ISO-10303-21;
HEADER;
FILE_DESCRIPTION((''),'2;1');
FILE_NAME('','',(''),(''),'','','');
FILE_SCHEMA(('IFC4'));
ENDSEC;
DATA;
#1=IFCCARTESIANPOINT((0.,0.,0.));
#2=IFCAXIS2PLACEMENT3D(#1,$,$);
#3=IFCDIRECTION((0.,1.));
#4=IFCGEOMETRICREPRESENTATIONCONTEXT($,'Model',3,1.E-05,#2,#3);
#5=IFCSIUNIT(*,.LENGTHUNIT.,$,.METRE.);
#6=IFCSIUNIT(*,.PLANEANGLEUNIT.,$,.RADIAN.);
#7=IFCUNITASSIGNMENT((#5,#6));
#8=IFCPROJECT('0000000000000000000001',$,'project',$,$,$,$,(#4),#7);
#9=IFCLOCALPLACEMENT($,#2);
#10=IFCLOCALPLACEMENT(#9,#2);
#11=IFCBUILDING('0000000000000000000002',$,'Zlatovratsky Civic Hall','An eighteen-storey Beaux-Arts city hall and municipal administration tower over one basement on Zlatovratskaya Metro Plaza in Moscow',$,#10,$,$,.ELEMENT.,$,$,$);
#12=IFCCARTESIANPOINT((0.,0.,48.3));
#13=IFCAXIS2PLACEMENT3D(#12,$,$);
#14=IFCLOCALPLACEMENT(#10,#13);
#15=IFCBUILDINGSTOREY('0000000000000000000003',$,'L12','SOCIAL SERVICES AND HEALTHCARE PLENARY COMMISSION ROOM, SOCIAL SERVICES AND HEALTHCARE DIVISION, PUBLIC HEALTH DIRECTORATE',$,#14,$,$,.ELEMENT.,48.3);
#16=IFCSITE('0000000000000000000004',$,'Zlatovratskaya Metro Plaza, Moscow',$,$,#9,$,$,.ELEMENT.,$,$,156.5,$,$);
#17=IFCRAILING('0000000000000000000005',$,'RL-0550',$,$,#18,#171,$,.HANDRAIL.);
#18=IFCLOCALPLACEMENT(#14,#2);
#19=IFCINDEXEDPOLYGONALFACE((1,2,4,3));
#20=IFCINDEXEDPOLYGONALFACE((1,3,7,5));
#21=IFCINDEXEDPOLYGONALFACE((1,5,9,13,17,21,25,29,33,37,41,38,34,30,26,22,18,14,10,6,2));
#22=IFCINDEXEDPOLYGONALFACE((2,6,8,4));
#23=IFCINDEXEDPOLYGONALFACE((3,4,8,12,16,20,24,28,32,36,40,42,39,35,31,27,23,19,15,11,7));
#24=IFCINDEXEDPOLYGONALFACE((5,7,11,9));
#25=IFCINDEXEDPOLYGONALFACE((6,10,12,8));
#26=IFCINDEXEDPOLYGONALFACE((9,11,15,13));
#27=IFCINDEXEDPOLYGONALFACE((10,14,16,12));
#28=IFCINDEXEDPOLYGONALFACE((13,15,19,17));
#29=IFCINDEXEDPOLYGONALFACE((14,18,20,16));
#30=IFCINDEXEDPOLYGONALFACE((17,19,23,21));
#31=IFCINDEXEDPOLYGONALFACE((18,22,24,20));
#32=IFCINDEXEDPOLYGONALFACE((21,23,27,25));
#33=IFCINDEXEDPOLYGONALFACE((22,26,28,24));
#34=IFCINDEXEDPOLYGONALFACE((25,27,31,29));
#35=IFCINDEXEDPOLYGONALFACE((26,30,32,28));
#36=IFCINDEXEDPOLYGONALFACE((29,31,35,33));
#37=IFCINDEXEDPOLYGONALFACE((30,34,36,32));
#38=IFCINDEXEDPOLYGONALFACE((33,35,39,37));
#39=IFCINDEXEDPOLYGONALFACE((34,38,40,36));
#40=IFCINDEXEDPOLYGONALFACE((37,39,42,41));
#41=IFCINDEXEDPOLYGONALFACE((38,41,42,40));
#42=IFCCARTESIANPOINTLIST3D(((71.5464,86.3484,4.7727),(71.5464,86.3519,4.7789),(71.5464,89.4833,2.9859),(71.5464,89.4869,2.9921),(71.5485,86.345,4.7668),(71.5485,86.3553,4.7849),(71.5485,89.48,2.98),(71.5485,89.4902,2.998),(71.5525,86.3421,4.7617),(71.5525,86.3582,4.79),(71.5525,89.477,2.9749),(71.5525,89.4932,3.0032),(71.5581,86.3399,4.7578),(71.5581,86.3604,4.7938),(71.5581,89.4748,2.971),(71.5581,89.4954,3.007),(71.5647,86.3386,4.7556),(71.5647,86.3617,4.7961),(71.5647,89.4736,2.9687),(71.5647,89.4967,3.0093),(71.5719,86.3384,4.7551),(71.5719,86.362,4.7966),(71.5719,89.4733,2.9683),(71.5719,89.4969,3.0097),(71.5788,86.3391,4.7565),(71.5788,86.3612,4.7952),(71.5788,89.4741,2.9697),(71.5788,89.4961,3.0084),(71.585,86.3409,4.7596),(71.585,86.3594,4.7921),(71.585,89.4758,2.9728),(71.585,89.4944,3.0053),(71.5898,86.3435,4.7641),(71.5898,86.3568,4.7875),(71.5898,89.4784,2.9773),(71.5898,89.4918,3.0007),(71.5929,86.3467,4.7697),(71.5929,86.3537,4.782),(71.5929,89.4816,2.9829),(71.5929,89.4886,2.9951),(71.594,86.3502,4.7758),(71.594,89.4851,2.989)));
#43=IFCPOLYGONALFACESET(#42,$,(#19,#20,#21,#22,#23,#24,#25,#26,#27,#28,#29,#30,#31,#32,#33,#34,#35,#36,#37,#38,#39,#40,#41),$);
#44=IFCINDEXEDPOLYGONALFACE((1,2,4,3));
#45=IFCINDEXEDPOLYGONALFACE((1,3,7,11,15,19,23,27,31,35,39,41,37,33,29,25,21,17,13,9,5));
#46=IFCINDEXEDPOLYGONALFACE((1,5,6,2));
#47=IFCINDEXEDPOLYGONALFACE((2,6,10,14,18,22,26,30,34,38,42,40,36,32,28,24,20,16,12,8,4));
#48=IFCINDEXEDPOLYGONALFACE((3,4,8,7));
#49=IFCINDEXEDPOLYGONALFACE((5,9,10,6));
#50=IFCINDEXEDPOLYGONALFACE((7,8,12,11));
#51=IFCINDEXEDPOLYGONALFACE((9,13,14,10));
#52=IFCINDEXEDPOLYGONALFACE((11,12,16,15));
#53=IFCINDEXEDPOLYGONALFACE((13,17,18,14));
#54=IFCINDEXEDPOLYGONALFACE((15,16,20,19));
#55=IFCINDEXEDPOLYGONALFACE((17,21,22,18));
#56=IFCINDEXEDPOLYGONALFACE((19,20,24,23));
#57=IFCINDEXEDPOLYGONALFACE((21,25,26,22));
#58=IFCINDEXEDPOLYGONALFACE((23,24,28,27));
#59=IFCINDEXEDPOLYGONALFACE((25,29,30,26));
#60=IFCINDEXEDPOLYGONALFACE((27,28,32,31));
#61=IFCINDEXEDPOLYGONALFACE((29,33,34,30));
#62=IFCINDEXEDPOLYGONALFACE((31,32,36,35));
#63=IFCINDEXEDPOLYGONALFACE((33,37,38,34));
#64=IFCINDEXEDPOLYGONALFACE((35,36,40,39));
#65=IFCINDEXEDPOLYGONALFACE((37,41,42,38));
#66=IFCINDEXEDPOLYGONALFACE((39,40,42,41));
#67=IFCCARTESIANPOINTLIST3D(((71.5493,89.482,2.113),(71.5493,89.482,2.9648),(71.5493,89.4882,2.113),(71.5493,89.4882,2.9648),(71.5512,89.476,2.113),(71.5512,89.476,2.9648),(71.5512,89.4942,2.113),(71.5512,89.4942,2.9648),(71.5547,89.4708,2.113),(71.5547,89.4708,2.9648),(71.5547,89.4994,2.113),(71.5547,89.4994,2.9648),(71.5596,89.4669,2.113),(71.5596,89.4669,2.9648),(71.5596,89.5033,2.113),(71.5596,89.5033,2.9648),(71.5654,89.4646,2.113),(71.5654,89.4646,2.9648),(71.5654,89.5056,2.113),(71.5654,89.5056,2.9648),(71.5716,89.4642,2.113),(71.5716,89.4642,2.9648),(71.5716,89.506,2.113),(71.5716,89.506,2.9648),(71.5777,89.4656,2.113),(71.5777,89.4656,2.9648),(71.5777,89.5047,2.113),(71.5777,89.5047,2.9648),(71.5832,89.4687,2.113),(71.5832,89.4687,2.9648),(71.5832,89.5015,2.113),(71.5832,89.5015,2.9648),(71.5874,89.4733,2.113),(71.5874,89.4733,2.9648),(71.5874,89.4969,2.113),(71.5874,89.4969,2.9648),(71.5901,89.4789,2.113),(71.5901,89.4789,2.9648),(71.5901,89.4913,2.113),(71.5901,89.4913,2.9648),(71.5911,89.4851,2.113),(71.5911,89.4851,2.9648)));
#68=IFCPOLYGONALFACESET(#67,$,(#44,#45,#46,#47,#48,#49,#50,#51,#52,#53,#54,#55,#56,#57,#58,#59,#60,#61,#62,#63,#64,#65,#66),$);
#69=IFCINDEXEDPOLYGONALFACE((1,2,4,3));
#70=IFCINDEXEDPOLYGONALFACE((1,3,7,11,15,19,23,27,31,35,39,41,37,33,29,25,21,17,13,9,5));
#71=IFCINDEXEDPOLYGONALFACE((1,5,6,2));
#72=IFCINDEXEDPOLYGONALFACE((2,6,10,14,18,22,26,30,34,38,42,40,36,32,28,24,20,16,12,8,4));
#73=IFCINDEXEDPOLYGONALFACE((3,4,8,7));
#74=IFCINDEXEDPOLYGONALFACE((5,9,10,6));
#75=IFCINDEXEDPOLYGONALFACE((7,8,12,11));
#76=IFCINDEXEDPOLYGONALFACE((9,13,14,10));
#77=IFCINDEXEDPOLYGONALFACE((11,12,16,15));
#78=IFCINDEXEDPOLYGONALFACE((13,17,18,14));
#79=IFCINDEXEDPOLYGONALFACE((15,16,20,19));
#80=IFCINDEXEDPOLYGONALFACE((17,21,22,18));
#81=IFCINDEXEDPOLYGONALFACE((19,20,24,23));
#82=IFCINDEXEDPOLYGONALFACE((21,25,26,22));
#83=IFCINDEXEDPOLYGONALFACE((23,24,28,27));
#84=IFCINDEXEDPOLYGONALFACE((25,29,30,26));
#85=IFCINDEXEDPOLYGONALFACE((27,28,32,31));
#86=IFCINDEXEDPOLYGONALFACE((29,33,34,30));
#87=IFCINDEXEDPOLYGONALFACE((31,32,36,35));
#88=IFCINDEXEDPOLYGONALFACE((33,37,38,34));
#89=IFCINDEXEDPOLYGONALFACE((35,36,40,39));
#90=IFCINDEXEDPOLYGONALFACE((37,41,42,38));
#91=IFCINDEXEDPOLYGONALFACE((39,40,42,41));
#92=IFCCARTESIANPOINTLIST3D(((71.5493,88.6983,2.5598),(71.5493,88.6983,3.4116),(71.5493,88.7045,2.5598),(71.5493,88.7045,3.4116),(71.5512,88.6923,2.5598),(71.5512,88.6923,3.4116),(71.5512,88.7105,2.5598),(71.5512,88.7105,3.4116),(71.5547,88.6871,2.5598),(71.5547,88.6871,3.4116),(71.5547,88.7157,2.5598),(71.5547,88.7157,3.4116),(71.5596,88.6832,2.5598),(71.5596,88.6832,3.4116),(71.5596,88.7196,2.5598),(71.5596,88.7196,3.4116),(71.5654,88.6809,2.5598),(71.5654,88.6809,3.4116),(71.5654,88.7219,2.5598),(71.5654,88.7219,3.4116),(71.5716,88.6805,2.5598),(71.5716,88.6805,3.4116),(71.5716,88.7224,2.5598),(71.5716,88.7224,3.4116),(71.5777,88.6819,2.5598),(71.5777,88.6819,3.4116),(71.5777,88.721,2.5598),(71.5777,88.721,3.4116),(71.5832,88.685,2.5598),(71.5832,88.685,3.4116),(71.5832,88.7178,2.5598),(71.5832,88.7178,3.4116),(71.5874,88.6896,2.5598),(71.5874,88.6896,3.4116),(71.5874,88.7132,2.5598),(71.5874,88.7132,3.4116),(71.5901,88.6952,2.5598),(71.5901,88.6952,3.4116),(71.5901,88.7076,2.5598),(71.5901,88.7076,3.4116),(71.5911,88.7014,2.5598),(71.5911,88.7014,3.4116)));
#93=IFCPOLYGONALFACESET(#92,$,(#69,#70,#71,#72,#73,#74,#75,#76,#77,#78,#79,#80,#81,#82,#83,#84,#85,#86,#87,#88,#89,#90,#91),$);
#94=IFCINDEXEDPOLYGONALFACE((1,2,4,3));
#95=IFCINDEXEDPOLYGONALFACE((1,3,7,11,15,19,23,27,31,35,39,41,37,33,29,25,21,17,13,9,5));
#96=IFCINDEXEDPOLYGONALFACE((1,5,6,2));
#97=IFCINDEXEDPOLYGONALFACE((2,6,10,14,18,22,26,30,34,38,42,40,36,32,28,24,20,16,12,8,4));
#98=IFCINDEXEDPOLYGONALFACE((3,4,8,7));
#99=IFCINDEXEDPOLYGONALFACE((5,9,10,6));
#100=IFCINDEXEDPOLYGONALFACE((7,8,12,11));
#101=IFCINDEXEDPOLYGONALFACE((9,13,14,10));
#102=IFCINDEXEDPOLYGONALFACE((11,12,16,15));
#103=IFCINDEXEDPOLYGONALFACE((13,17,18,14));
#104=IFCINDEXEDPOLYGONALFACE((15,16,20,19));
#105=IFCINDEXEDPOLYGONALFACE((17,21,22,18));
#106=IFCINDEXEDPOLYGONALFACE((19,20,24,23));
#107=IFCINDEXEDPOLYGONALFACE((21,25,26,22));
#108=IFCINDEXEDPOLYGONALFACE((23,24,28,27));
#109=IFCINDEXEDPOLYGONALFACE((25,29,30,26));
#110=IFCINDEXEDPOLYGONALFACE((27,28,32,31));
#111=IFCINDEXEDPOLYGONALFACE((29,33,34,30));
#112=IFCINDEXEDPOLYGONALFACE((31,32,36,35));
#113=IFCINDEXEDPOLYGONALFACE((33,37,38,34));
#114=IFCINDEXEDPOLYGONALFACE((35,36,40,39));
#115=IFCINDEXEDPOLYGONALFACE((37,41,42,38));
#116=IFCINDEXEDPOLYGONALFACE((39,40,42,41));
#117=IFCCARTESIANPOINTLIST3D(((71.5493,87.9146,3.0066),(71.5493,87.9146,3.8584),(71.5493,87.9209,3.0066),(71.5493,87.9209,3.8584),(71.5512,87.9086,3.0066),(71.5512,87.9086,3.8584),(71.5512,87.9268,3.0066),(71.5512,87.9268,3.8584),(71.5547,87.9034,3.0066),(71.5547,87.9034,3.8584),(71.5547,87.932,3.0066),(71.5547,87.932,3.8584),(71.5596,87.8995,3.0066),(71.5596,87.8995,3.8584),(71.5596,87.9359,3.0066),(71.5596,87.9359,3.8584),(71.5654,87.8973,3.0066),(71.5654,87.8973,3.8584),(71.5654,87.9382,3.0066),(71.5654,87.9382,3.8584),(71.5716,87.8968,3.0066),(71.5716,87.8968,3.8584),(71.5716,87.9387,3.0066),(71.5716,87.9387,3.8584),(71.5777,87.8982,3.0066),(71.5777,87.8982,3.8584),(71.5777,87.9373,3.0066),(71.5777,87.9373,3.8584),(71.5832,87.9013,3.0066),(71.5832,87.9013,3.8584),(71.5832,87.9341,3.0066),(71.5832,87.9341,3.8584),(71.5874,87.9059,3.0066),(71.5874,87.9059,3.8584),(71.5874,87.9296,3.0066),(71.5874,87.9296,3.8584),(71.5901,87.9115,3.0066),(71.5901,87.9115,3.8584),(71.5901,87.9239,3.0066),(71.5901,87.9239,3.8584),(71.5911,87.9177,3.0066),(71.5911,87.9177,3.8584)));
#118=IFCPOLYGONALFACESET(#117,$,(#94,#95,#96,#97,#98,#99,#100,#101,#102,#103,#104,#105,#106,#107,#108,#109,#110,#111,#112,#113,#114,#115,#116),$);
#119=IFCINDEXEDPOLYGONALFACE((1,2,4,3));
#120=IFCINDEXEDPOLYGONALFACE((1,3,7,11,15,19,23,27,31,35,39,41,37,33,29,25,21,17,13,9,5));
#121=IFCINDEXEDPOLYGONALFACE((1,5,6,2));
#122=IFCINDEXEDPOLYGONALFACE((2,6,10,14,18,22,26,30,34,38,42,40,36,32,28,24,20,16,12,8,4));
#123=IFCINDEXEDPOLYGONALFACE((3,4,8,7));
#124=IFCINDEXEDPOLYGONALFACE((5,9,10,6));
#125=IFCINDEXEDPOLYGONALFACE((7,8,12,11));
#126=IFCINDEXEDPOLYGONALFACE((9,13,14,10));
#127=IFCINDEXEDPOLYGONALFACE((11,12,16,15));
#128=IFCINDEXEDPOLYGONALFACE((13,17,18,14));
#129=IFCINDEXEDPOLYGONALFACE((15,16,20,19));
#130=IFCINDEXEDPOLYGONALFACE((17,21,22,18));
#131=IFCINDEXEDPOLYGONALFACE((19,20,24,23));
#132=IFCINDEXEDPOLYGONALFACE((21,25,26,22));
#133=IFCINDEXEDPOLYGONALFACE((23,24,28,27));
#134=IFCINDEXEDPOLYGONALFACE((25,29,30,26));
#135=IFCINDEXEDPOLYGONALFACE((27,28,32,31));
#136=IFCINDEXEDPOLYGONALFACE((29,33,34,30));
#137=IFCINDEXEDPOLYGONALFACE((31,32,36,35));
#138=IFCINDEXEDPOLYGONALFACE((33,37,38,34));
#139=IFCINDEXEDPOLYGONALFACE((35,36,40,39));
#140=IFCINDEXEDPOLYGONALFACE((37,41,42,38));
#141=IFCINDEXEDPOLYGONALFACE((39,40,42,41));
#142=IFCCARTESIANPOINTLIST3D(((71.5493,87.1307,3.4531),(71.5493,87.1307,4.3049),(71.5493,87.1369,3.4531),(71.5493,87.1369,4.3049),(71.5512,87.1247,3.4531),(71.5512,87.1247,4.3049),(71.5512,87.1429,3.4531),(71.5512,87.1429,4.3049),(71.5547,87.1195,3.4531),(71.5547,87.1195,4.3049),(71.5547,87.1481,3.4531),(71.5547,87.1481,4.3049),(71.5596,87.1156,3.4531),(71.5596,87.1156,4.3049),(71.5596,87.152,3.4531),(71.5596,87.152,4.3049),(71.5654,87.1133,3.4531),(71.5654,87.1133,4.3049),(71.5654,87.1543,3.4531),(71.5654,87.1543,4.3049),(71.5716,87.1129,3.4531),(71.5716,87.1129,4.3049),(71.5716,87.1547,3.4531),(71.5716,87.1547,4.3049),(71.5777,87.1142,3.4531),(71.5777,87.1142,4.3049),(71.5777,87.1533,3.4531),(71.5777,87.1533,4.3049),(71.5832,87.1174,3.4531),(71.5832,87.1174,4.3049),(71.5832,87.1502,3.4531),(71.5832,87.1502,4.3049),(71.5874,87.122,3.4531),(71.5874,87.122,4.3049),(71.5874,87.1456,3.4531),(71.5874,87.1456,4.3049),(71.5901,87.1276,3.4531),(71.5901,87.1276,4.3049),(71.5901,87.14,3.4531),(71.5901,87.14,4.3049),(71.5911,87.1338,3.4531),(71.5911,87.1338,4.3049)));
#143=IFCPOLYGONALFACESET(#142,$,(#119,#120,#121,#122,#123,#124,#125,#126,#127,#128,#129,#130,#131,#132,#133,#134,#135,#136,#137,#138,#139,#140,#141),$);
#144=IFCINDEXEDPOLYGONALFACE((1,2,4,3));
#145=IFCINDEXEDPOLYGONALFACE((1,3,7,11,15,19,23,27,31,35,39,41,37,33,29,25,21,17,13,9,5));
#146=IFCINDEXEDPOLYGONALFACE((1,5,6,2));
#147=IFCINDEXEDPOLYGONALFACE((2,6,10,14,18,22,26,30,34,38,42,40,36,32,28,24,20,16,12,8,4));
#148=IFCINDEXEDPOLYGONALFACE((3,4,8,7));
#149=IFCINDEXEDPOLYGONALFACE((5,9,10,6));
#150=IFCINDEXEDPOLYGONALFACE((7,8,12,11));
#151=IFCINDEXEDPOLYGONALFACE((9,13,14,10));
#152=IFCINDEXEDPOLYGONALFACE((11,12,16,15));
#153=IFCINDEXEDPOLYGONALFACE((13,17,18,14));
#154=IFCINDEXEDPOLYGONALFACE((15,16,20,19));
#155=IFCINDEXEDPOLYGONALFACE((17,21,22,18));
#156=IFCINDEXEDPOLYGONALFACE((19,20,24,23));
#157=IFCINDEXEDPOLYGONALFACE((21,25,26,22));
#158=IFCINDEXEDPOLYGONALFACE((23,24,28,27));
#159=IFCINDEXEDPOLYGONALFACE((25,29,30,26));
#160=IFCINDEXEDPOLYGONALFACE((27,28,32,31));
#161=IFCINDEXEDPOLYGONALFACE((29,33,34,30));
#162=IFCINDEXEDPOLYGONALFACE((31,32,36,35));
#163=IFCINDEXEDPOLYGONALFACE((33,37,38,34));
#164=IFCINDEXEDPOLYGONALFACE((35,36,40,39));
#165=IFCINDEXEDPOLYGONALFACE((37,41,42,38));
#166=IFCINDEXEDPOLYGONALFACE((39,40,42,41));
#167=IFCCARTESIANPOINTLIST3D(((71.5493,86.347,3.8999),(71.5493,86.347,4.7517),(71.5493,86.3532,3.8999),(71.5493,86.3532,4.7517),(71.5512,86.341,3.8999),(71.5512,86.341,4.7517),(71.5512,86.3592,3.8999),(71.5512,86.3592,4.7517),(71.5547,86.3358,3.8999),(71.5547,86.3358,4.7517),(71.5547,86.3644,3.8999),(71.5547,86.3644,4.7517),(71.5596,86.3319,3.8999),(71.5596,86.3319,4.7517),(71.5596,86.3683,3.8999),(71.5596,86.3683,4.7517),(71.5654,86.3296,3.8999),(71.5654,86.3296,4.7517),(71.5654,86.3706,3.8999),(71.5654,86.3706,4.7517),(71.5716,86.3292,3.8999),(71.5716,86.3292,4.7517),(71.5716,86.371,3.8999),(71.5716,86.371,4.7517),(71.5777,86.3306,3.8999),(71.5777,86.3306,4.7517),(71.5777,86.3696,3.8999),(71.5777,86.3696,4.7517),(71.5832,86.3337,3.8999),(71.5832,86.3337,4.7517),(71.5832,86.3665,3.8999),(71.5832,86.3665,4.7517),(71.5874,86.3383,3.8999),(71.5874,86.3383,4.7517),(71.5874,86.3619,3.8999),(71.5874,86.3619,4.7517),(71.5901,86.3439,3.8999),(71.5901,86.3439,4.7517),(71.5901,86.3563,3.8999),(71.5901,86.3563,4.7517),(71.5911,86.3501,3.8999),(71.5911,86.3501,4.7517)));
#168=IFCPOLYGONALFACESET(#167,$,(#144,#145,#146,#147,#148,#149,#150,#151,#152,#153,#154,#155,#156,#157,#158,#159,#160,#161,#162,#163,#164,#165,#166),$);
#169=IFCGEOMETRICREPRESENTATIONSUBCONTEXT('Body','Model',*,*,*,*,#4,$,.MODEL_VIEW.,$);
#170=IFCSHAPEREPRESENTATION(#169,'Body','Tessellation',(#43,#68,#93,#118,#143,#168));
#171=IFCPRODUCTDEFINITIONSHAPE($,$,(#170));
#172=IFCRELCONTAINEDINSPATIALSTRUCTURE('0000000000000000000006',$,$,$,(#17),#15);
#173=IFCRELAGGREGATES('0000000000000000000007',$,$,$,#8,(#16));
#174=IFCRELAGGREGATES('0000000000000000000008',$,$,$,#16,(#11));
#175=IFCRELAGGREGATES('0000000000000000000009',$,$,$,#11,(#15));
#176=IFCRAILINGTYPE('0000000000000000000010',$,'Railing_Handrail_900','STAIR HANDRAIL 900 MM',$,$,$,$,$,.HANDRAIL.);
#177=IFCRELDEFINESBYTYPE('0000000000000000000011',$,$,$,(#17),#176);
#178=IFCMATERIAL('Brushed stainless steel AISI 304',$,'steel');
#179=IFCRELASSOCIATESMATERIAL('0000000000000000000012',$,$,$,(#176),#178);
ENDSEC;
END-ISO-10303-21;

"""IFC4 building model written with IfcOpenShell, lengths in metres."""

from ifc_helpers import new_model, si_unit, direction, frame, origin, origin_2d, place, context, subcontext, project, spatial, circle, extrude, material, type_object, element, save


model = new_model("IFC4")

# Units and contexts
model_context = context("Model", 3, precision=1e-05, world=origin(), true_north=direction((0.0, 1.0)))
body_context = subcontext(model_context, "Body", "Model", "MODEL_VIEW")
ifc_project = project(units=[si_unit("LENGTHUNIT", "METRE"), si_unit("PLANEANGLEUNIT", "RADIAN")], contexts=[model_context])

# Site, building, storey
site_placement = place(None, origin())
site = spatial("IfcSite", under=ifc_project, at=site_placement, Name="Zlatovratskaya Metro Plaza, Moscow", CompositionType="ELEMENT", RefElevation=156.5)
building_placement = place(site_placement, origin())
building = spatial("IfcBuilding", under=site, at=building_placement, Name="Zlatovratsky Civic Hall", Description="An eighteen-storey Beaux-Arts city hall and municipal administration tower over one basement on Zlatovratskaya Metro Plaza in Moscow", CompositionType="ELEMENT")
storey_placement = place(building_placement, frame((0.0, 0.0, 48.3)))
storey = spatial("IfcBuildingStorey", under=building, at=storey_placement, Name="L12", Description="SOCIAL SERVICES AND HEALTHCARE PLENARY COMMISSION ROOM, SOCIAL SERVICES AND HEALTHCARE DIVISION, PUBLIC HEALTH DIRECTORATE", CompositionType="ELEMENT", Elevation=48.3)

# Railing
ifc_material_1 = material(Name="Brushed stainless steel AISI 304", Category="steel")
railing_type_1 = type_object("IfcRailingType", Name="Railing_Handrail_900", Description="STAIR HANDRAIL 900 MM", PredefinedType="HANDRAIL", material=ifc_material_1)
railing_1_placement = place(storey_placement, frame((71.5701, 89.4851, 2.113)))
element("IfcRailing", 1, at=railing_1_placement, inside=storey, type_object=railing_type_1, Name="RL-0550", PredefinedType="HANDRAIL", context=body_context, shape_type="SweptSolid", body=[
    extrude(circle(Radius=0.0239, at=origin_2d()), frame((0.0, 0.0, 0.876), z_axis=(0.0, -0.868788, 0.495184), x_axis=(1.0, 0.0, 0.0)), (0.0, 0.0, 1.0), 3.6084),
    extrude(circle(Radius=0.021, at=origin_2d()), origin(), (0.0, 0.0, 1.0), 0.8518),
    extrude(circle(Radius=0.021, at=origin_2d()), frame((0.0, -0.7837, 0.4468)), (0.0, 0.0, 1.0), 0.8518),
    extrude(circle(Radius=0.021, at=origin_2d()), frame((0.0, -1.5674, 0.8936)), (0.0, 0.0, 1.0), 0.8518),
    extrude(circle(Radius=0.021, at=origin_2d()), frame((0.0, -2.3513, 1.3401)), (0.0, 0.0, 1.0), 0.8518),
    extrude(circle(Radius=0.021, at=origin_2d()), frame((0.0, -3.135, 1.7869)), (0.0, 0.0, 1.0), 0.8518),
])

save(model, "model.ifc")
